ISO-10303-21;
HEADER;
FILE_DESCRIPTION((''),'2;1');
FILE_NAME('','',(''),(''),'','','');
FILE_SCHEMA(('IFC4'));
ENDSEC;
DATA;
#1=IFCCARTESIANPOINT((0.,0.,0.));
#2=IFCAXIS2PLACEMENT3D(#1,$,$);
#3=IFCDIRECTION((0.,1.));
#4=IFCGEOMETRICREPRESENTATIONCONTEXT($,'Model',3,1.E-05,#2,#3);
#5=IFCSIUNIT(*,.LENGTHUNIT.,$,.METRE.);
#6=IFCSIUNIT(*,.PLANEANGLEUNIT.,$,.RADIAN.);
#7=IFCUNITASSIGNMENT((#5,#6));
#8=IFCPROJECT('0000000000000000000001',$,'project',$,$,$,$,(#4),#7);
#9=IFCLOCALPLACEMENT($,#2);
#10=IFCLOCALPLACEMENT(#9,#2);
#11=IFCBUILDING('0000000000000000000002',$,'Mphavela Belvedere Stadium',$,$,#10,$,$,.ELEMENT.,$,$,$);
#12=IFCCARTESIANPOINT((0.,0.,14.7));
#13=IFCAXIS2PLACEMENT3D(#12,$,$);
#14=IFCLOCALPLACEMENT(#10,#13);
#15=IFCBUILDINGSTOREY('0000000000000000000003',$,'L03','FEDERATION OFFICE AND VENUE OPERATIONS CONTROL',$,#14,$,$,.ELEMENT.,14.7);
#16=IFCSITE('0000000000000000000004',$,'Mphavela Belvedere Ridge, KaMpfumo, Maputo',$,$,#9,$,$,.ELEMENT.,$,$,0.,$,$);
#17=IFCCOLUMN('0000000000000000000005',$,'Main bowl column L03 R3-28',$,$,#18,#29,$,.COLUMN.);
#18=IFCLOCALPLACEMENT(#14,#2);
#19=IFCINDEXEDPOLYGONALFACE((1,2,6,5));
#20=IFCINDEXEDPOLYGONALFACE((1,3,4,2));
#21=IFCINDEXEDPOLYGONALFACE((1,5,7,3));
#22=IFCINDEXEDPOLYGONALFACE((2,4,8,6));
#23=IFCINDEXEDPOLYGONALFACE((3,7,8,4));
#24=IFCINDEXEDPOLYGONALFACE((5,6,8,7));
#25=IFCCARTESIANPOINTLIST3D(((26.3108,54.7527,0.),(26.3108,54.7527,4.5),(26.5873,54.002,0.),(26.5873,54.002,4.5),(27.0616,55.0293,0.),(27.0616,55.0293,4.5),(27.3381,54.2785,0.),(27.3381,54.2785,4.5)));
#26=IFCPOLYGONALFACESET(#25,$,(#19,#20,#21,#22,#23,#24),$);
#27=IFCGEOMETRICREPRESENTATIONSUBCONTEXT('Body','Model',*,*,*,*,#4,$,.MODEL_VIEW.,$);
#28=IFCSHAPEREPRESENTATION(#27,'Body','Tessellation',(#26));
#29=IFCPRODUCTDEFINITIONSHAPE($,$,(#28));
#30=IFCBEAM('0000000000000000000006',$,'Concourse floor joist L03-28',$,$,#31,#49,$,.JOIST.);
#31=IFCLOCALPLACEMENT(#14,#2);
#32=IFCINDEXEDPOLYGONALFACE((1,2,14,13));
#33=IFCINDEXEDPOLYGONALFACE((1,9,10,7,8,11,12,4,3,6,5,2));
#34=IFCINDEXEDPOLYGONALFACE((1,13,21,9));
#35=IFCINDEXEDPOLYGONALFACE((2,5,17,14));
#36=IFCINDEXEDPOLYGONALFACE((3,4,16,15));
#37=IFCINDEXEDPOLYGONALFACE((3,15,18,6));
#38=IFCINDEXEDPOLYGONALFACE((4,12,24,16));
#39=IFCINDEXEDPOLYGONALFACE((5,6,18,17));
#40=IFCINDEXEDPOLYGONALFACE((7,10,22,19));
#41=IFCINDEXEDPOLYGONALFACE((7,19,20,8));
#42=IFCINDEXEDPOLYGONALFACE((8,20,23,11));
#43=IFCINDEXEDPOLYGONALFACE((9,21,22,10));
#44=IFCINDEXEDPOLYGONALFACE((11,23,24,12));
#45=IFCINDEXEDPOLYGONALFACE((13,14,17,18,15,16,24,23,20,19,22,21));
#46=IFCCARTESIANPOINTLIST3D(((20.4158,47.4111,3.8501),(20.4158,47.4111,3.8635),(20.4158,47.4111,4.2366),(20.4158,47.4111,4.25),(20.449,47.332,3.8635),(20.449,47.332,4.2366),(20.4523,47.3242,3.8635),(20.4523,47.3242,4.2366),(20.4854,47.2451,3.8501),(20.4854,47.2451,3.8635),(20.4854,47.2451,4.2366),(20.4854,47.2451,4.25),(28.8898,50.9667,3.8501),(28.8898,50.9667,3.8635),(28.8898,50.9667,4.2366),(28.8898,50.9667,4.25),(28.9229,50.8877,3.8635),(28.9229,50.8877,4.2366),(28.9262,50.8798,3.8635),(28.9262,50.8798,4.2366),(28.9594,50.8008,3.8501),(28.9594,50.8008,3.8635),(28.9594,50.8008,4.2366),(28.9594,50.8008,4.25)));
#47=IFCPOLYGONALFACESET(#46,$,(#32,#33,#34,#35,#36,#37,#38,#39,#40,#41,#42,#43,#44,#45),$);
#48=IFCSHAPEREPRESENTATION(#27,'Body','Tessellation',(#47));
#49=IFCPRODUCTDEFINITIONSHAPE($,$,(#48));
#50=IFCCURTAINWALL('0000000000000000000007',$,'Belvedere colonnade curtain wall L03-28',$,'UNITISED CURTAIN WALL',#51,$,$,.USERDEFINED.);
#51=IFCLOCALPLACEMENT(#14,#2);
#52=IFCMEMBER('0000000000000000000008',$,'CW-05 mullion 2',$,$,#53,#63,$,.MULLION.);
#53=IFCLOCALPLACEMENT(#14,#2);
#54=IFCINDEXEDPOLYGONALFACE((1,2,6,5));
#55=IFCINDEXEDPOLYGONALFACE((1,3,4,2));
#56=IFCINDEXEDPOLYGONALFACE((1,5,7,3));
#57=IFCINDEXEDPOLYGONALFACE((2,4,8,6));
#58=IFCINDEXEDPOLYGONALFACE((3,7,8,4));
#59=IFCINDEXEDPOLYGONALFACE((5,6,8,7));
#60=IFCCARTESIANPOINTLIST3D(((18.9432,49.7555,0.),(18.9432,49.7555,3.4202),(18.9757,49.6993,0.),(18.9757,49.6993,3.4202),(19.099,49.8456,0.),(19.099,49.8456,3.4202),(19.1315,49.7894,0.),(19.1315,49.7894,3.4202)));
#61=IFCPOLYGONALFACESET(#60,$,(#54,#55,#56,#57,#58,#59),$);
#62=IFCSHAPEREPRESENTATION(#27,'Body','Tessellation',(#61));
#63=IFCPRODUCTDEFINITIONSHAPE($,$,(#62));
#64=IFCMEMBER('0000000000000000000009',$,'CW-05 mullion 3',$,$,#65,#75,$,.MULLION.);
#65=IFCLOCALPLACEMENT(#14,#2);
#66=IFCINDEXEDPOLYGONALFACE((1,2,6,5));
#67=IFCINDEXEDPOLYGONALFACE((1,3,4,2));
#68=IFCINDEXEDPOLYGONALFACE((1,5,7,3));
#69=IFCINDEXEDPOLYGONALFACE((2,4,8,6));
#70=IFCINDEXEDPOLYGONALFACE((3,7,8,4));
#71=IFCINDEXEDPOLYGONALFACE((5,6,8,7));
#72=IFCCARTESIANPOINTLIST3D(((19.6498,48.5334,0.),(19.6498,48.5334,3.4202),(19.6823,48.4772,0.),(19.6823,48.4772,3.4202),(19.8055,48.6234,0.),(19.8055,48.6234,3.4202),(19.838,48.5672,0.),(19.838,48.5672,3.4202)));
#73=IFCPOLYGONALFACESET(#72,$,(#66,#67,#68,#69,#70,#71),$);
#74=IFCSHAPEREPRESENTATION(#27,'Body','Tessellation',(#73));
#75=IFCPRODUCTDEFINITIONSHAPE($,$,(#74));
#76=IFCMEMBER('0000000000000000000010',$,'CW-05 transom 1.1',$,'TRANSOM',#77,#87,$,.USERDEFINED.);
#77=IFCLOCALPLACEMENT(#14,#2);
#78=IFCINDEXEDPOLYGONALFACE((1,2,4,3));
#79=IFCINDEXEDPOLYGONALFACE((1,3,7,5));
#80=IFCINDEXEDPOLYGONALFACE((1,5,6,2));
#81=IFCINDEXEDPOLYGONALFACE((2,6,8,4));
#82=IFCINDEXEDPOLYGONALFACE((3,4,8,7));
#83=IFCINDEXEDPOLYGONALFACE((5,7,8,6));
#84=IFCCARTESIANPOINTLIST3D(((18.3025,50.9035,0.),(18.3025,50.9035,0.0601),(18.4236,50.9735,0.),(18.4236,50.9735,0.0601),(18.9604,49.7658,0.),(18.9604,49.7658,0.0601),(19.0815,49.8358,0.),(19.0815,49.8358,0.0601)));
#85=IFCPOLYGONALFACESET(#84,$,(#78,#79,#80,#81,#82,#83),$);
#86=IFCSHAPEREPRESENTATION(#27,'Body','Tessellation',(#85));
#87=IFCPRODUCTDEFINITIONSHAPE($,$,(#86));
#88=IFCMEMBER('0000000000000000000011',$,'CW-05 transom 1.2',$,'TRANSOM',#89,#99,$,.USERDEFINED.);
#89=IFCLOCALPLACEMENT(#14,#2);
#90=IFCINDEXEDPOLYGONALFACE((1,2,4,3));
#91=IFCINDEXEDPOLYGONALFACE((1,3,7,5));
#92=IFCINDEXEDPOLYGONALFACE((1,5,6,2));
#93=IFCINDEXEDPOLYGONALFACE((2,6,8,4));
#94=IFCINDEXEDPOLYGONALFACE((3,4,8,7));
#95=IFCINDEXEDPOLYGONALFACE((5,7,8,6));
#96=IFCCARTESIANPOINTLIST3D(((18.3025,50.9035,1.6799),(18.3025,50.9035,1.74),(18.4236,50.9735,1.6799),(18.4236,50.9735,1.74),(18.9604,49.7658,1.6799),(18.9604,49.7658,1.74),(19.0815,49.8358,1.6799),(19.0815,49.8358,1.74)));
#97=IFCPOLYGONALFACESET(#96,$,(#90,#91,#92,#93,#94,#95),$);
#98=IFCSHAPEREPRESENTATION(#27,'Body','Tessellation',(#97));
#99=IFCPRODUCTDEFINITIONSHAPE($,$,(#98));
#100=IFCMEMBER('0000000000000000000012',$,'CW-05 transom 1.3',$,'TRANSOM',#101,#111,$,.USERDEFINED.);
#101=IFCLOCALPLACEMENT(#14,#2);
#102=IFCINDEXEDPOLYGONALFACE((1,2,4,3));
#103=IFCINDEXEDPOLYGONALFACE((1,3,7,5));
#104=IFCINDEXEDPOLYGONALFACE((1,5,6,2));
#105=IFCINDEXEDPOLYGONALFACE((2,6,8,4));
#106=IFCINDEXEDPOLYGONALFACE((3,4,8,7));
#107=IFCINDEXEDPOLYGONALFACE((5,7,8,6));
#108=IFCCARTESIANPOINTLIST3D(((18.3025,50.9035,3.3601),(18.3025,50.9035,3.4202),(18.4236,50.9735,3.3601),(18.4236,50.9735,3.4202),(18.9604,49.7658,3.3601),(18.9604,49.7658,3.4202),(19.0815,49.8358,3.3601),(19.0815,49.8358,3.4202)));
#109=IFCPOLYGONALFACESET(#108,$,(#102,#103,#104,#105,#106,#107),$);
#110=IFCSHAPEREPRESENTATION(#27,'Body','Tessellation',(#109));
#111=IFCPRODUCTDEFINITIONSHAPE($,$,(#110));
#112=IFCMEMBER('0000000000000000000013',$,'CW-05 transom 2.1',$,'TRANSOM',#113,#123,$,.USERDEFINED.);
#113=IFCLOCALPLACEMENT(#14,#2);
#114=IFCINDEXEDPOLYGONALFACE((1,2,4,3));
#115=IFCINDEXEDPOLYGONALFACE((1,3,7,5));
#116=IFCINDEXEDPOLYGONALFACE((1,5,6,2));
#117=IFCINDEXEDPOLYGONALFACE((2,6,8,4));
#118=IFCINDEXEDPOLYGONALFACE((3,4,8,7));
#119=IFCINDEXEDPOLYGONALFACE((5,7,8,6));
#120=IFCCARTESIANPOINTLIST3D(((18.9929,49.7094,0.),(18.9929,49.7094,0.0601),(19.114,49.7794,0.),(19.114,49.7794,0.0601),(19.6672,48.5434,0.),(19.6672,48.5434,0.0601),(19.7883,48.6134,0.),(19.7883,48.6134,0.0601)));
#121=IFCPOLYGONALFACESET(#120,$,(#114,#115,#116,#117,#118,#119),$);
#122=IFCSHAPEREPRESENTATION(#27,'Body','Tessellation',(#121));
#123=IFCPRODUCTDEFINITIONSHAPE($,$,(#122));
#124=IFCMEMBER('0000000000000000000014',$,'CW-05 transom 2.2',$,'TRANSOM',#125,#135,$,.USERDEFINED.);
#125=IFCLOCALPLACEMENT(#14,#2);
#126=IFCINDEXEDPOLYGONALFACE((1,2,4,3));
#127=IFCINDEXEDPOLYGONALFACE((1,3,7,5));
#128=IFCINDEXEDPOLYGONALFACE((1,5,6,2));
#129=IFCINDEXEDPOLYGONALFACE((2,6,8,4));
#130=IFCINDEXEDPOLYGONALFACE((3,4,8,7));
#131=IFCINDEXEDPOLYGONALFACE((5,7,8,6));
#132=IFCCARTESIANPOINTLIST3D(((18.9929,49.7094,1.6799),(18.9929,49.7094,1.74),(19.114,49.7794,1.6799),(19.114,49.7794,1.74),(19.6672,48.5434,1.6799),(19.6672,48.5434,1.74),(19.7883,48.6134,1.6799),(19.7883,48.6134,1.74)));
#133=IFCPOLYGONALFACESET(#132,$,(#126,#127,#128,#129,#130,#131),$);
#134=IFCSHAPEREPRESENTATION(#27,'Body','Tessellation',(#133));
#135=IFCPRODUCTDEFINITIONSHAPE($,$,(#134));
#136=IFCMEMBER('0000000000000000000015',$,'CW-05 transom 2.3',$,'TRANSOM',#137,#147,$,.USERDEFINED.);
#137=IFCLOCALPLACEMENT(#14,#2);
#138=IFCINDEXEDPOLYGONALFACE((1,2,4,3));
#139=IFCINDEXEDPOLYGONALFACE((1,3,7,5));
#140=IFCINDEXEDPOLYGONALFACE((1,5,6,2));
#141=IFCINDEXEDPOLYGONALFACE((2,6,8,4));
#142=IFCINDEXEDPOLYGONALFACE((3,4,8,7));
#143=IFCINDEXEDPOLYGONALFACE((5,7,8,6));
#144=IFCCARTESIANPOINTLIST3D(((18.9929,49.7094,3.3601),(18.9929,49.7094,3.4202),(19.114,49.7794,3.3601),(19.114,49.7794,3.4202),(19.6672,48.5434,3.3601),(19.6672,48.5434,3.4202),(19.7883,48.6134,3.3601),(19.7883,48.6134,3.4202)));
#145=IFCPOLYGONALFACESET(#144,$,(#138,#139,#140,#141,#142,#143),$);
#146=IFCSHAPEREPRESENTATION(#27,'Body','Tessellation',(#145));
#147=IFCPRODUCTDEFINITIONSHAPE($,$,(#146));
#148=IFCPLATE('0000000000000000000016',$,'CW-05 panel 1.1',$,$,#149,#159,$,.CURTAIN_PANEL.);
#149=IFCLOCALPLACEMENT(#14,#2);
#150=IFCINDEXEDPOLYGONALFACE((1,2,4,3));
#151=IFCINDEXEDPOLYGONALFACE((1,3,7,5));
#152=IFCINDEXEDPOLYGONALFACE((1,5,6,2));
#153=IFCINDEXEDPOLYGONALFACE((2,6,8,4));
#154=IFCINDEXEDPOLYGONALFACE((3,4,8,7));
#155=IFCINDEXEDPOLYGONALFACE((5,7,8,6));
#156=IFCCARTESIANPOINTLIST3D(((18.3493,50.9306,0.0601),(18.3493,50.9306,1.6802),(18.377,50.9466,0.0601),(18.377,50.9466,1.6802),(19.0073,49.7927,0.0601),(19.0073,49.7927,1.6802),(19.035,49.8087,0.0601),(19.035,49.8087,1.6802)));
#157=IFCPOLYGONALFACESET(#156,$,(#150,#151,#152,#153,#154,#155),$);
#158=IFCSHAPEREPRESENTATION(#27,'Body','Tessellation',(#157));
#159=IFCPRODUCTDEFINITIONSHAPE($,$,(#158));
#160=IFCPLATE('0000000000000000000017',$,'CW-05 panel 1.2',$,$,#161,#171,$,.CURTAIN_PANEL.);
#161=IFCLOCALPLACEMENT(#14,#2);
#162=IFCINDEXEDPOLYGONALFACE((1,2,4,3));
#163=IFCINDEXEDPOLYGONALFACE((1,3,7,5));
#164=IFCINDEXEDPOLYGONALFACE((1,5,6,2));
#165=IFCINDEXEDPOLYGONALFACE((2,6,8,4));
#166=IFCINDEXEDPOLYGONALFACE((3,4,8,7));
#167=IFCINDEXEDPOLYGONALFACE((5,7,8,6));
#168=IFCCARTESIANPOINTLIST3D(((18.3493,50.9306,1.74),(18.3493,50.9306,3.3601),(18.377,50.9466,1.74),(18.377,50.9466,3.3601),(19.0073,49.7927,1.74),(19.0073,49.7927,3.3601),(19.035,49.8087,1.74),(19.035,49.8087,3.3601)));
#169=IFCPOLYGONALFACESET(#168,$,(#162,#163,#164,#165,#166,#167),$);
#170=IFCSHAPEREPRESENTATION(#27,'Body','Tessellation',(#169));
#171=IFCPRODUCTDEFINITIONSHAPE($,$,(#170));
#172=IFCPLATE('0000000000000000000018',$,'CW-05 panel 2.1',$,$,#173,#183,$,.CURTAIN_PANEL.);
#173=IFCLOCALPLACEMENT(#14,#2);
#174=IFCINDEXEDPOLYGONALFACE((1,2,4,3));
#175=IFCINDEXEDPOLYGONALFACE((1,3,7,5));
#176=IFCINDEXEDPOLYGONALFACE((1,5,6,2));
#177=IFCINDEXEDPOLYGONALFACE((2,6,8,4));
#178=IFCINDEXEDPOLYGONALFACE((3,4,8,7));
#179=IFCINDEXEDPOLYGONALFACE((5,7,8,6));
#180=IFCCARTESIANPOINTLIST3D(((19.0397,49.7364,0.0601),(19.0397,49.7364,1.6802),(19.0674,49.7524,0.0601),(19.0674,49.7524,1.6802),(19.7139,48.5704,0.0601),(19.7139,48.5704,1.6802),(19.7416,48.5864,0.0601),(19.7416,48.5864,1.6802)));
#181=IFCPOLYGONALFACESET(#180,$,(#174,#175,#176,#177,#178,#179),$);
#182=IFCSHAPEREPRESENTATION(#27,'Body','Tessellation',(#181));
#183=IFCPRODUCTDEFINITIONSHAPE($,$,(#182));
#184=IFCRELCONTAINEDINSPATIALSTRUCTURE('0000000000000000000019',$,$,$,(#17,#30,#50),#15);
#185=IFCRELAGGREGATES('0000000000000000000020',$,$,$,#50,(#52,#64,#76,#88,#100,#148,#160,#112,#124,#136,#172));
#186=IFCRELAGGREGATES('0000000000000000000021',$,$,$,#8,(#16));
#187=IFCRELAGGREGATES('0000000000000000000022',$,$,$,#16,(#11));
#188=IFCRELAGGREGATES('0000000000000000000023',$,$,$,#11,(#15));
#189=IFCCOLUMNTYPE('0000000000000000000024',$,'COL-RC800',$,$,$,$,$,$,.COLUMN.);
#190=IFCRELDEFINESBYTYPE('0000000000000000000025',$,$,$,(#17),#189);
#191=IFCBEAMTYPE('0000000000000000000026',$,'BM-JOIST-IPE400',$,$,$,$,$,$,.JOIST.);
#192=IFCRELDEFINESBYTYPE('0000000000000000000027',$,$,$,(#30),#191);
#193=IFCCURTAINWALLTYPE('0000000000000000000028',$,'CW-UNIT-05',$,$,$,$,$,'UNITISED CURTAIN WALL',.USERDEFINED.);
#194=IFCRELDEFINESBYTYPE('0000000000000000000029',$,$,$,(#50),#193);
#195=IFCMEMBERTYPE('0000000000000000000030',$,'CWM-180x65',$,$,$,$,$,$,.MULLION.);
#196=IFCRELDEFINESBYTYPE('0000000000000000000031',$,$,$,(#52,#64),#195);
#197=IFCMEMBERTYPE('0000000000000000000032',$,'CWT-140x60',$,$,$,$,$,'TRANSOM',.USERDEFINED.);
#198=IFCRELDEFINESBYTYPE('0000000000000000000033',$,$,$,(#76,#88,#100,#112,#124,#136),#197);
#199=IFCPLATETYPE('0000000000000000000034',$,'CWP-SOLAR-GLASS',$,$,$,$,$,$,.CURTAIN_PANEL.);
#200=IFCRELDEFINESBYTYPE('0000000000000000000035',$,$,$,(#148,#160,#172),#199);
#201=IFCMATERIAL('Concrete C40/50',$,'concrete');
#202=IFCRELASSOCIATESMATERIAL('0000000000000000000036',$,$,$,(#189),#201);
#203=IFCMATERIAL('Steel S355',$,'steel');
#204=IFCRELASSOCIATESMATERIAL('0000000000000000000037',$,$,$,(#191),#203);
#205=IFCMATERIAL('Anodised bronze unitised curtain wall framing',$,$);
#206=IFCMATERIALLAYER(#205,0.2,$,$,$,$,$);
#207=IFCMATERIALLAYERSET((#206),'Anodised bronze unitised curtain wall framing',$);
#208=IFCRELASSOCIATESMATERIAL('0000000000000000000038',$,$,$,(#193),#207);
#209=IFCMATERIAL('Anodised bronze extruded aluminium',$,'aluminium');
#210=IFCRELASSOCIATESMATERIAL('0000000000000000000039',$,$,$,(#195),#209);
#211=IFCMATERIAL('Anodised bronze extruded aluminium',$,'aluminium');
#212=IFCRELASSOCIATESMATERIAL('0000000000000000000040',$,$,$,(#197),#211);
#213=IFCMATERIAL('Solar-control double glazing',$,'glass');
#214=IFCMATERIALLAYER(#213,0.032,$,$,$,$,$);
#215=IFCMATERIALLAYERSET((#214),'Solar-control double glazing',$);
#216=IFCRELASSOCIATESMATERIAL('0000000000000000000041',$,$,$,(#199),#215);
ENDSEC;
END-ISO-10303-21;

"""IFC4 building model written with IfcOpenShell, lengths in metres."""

from ifc_helpers import new_model, si_unit, direction, frame, origin, origin_2d, place, context, subcontext, project, spatial, rectangle, i_section, extrude, material, layer, layer_set, material_profile, profile_set, type_object, element, aggregate, save


model = new_model("IFC4")

# Units and contexts
model_context = context("Model", 3, precision=1e-05, world=origin(), true_north=direction((0.0, 1.0)))
body_context = subcontext(model_context, "Body", "Model", "MODEL_VIEW")
ifc_project = project(units=[si_unit("LENGTHUNIT", "METRE"), si_unit("PLANEANGLEUNIT", "RADIAN")], contexts=[model_context])

# Site, building, storey
site_placement = place(None, origin())
site = spatial("IfcSite", under=ifc_project, at=site_placement, Name="Mphavela Belvedere Ridge, KaMpfumo, Maputo", CompositionType="ELEMENT", RefElevation=0.0)
building_placement = place(site_placement, origin())
building = spatial("IfcBuilding", under=site, at=building_placement, Name="Mphavela Belvedere Stadium", CompositionType="ELEMENT")
storey_placement = place(building_placement, frame((0.0, 0.0, 14.7)))
storey = spatial("IfcBuildingStorey", under=building, at=storey_placement, Name="L03", Description="FEDERATION OFFICE AND VENUE OPERATIONS CONTROL", CompositionType="ELEMENT", Elevation=14.7)

# Column
ifc_material_1 = material(Name="Concrete C40/50", Category="concrete")
ifc_material_profile_1 = material_profile(ifc_material_1, rectangle(XDim=0.8, YDim=0.8, at=origin_2d()), Name="RC 800x800")
ifc_profile_set_1 = profile_set([ifc_material_profile_1], Name="Concrete C40/50")
column_type = type_object("IfcColumnType", Name="COL-RC800", PredefinedType="COLUMN", material=ifc_profile_set_1)
column_placement = place(storey_placement, frame((26.8245, 54.5156, 0.0), z_axis=(0.0, 0.0, 1.0), x_axis=(-0.938372, -0.345626, 0.0)))
element("IfcColumn", 1, at=column_placement, inside=storey, type_object=column_type, Name="Main bowl column L03 R3-28", PredefinedType="COLUMN", context=body_context, shape_type="SweptSolid", body=[
    extrude(rectangle(XDim=0.8, YDim=0.8, at=origin_2d()), origin(), (0.0, 0.0, 1.0), 4.5),
])

# Beam
ifc_material_2 = material(Name="Steel S355", Category="steel")
ifc_material_profile_2 = material_profile(ifc_material_2, i_section(OverallWidth=0.1799, OverallDepth=0.3999, WebThickness=0.0085, FlangeThickness=0.0134, at=origin_2d()), Name="IPE 400")
ifc_profile_set_2 = profile_set([ifc_material_profile_2], Name="Steel S355")
beam_type = type_object("IfcBeamType", Name="BM-JOIST-IPE400", PredefinedType="JOIST", material=ifc_profile_set_2)
beam_placement = place(storey_placement, frame((28.9246, 50.8838, 4.05), z_axis=(-0.922113, -0.386921, 0.0), x_axis=(0.386921, -0.922113, 0.0)))
element("IfcBeam", 2, at=beam_placement, inside=storey, type_object=beam_type, Name="Concourse floor joist L03-28", PredefinedType="JOIST", context=body_context, shape_type="SweptSolid", body=[
    extrude(i_section(OverallWidth=0.1799, OverallDepth=0.3999, WebThickness=0.0085, FlangeThickness=0.0134, at=origin_2d()), origin(), (0.0, 0.0, 1.0), 9.1897),
])

# Curtain wall, members, plates
ifc_material_3 = material(Name="Anodised bronze unitised curtain wall framing")
ifc_layer_1 = layer(ifc_material_3, 0.2)
ifc_layer_set_1 = layer_set([ifc_layer_1], Name="Anodised bronze unitised curtain wall framing")
curtain_wall_type = type_object("IfcCurtainWallType", Name="CW-UNIT-05", ElementType="UNITISED CURTAIN WALL", PredefinedType="USERDEFINED", material=ifc_layer_set_1)
curtain_wall_placement = place(storey_placement, origin())
curtain_wall = element("IfcCurtainWall", 3, at=curtain_wall_placement, inside=storey, type_object=curtain_wall_type, Name="Belvedere colonnade curtain wall L03-28", ObjectType="UNITISED CURTAIN WALL", PredefinedType="USERDEFINED")
ifc_material_4 = material(Name="Anodised bronze extruded aluminium", Category="aluminium")
ifc_material_profile_3 = material_profile(ifc_material_4, rectangle(XDim=0.1799, YDim=0.0649, at=origin_2d()), Name="CW-MUL 180x65")
ifc_profile_set_3 = profile_set([ifc_material_profile_3], Name="Anodised bronze extruded aluminium")
member_type_1 = type_object("IfcMemberType", Name="CWM-180x65", PredefinedType="MULLION", material=ifc_profile_set_3)
member_1_placement = place(storey_placement, frame((19.0374, 49.7725, 0.0), z_axis=(0.0, 0.0, 1.0), x_axis=(0.865705, 0.500554, 0.0)))
member_1 = element("IfcMember", 4, at=member_1_placement, type_object=member_type_1, Name="CW-05 mullion 2", PredefinedType="MULLION", context=body_context, shape_type="SweptSolid", body=[
    extrude(rectangle(XDim=0.1799, YDim=0.0649, at=origin_2d()), origin(), (0.0, 0.0, 1.0), 3.4202),
])
member_2_placement = place(storey_placement, frame((19.7439, 48.5503, 0.0), z_axis=(0.0, 0.0, 1.0), x_axis=(0.865705, 0.500554, 0.0)))
member_2 = element("IfcMember", 5, at=member_2_placement, type_object=member_type_1, Name="CW-05 mullion 3", PredefinedType="MULLION", context=body_context, shape_type="SweptSolid", body=[
    extrude(rectangle(XDim=0.1799, YDim=0.0649, at=origin_2d()), origin(), (0.0, 0.0, 1.0), 3.4202),
])
ifc_material_5 = material(Name="Anodised bronze extruded aluminium", Category="aluminium")
ifc_material_profile_4 = material_profile(ifc_material_5, rectangle(XDim=0.1399, YDim=0.0601, at=origin_2d()), Name="CW-TRN 140x60")
ifc_profile_set_4 = profile_set([ifc_material_profile_4], Name="Anodised bronze extruded aluminium")
member_type_2 = type_object("IfcMemberType", Name="CWT-140x60", ElementType="TRANSOM", PredefinedType="USERDEFINED", material=ifc_profile_set_4)
member_3_placement = place(storey_placement, frame((18.363, 50.9385, 0.03), z_axis=(0.500633, -0.865659, 0.0), x_axis=(0.865659, 0.500633, 0.0)))
member_3 = element("IfcMember", 6, at=member_3_placement, type_object=member_type_2, Name="CW-05 transom 1.1", ObjectType="TRANSOM", PredefinedType="USERDEFINED", context=body_context, shape_type="SweptSolid", body=[
    extrude(rectangle(XDim=0.1399, YDim=0.0601, at=origin_2d()), origin(), (0.0, 0.0, 1.0), 1.3142),
])
member_4_placement = place(storey_placement, frame((18.363, 50.9385, 1.71), z_axis=(0.500633, -0.865659, 0.0), x_axis=(0.865659, 0.500633, 0.0)))
member_4 = element("IfcMember", 7, at=member_4_placement, type_object=member_type_2, Name="CW-05 transom 1.2", ObjectType="TRANSOM", PredefinedType="USERDEFINED", context=body_context, shape_type="SweptSolid", body=[
    extrude(rectangle(XDim=0.1399, YDim=0.0601, at=origin_2d()), origin(), (0.0, 0.0, 1.0), 1.3142),
])
member_5_placement = place(storey_placement, frame((18.363, 50.9385, 3.3901), z_axis=(0.500633, -0.865659, 0.0), x_axis=(0.865659, 0.500633, 0.0)))
member_5 = element("IfcMember", 8, at=member_5_placement, type_object=member_type_2, Name="CW-05 transom 1.3", ObjectType="TRANSOM", PredefinedType="USERDEFINED", context=body_context, shape_type="SweptSolid", body=[
    extrude(rectangle(XDim=0.1399, YDim=0.0601, at=origin_2d()), origin(), (0.0, 0.0, 1.0), 1.3142),
])
member_6_placement = place(storey_placement, frame((19.0535, 49.7444, 0.03), z_axis=(0.500622, -0.865666, 0.0), x_axis=(0.865666, 0.500622, 0.0)))
member_6 = element("IfcMember", 9, at=member_6_placement, type_object=member_type_2, Name="CW-05 transom 2.1", ObjectType="TRANSOM", PredefinedType="USERDEFINED", context=body_context, shape_type="SweptSolid", body=[
    extrude(rectangle(XDim=0.1399, YDim=0.0601, at=origin_2d()), origin(), (0.0, 0.0, 1.0), 1.3469),
])
member_7_placement = place(storey_placement, frame((19.0535, 49.7444, 1.71), z_axis=(0.500622, -0.865666, 0.0), x_axis=(0.865666, 0.500622, 0.0)))
member_7 = element("IfcMember", 10, at=member_7_placement, type_object=member_type_2, Name="CW-05 transom 2.2", ObjectType="TRANSOM", PredefinedType="USERDEFINED", context=body_context, shape_type="SweptSolid", body=[
    extrude(rectangle(XDim=0.1399, YDim=0.0601, at=origin_2d()), origin(), (0.0, 0.0, 1.0), 1.3469),
])
member_8_placement = place(storey_placement, frame((19.0535, 49.7444, 3.3901), z_axis=(0.500622, -0.865666, 0.0), x_axis=(0.865666, 0.500622, 0.0)))
member_8 = element("IfcMember", 11, at=member_8_placement, type_object=member_type_2, Name="CW-05 transom 2.3", ObjectType="TRANSOM", PredefinedType="USERDEFINED", context=body_context, shape_type="SweptSolid", body=[
    extrude(rectangle(XDim=0.1399, YDim=0.0601, at=origin_2d()), origin(), (0.0, 0.0, 1.0), 1.3469),
])
ifc_material_6 = material(Name="Solar-control double glazing", Category="glass")
ifc_layer_2 = layer(ifc_material_6, 0.032)
ifc_layer_set_2 = layer_set([ifc_layer_2], Name="Solar-control double glazing")
plate_type = type_object("IfcPlateType", Name="CWP-SOLAR-GLASS", PredefinedType="CURTAIN_PANEL", material=ifc_layer_set_2)
plate_1_placement = place(storey_placement, frame((18.6921, 50.3696, 0.0601), z_axis=(0.0, 0.0, 1.0), x_axis=(0.500554, -0.865705, 0.0)))
plate_1 = element("IfcPlate", 12, at=plate_1_placement, type_object=plate_type, Name="CW-05 panel 1.1", PredefinedType="CURTAIN_PANEL", context=body_context, shape_type="SweptSolid", body=[
    extrude(rectangle(XDim=1.3145, YDim=0.032, at=origin_2d()), origin(), (0.0, 0.0, 1.0), 1.6201),
])
plate_2_placement = place(storey_placement, frame((18.6921, 50.3696, 1.74), z_axis=(0.0, 0.0, 1.0), x_axis=(0.500554, -0.865705, 0.0)))
plate_2 = element("IfcPlate", 13, at=plate_2_placement, type_object=plate_type, Name="CW-05 panel 1.2", PredefinedType="CURTAIN_PANEL", context=body_context, shape_type="SweptSolid", body=[
    extrude(rectangle(XDim=1.3145, YDim=0.032, at=origin_2d()), origin(), (0.0, 0.0, 1.0), 1.6201),
])
plate_3_placement = place(storey_placement, frame((19.3906, 49.1614, 0.0601), z_axis=(0.0, 0.0, 1.0), x_axis=(0.500554, -0.865705, 0.0)))
plate_3 = element("IfcPlate", 14, at=plate_3_placement, type_object=plate_type, Name="CW-05 panel 2.1", PredefinedType="CURTAIN_PANEL", context=body_context, shape_type="SweptSolid", body=[
    extrude(rectangle(XDim=1.3469, YDim=0.032, at=origin_2d()), origin(), (0.0, 0.0, 1.0), 1.6201),
])
aggregate(curtain_wall, [member_1, member_2, member_3, member_4, member_5, plate_1, plate_2, member_6, member_7, member_8, plate_3])

save(model, "model.ifc")
